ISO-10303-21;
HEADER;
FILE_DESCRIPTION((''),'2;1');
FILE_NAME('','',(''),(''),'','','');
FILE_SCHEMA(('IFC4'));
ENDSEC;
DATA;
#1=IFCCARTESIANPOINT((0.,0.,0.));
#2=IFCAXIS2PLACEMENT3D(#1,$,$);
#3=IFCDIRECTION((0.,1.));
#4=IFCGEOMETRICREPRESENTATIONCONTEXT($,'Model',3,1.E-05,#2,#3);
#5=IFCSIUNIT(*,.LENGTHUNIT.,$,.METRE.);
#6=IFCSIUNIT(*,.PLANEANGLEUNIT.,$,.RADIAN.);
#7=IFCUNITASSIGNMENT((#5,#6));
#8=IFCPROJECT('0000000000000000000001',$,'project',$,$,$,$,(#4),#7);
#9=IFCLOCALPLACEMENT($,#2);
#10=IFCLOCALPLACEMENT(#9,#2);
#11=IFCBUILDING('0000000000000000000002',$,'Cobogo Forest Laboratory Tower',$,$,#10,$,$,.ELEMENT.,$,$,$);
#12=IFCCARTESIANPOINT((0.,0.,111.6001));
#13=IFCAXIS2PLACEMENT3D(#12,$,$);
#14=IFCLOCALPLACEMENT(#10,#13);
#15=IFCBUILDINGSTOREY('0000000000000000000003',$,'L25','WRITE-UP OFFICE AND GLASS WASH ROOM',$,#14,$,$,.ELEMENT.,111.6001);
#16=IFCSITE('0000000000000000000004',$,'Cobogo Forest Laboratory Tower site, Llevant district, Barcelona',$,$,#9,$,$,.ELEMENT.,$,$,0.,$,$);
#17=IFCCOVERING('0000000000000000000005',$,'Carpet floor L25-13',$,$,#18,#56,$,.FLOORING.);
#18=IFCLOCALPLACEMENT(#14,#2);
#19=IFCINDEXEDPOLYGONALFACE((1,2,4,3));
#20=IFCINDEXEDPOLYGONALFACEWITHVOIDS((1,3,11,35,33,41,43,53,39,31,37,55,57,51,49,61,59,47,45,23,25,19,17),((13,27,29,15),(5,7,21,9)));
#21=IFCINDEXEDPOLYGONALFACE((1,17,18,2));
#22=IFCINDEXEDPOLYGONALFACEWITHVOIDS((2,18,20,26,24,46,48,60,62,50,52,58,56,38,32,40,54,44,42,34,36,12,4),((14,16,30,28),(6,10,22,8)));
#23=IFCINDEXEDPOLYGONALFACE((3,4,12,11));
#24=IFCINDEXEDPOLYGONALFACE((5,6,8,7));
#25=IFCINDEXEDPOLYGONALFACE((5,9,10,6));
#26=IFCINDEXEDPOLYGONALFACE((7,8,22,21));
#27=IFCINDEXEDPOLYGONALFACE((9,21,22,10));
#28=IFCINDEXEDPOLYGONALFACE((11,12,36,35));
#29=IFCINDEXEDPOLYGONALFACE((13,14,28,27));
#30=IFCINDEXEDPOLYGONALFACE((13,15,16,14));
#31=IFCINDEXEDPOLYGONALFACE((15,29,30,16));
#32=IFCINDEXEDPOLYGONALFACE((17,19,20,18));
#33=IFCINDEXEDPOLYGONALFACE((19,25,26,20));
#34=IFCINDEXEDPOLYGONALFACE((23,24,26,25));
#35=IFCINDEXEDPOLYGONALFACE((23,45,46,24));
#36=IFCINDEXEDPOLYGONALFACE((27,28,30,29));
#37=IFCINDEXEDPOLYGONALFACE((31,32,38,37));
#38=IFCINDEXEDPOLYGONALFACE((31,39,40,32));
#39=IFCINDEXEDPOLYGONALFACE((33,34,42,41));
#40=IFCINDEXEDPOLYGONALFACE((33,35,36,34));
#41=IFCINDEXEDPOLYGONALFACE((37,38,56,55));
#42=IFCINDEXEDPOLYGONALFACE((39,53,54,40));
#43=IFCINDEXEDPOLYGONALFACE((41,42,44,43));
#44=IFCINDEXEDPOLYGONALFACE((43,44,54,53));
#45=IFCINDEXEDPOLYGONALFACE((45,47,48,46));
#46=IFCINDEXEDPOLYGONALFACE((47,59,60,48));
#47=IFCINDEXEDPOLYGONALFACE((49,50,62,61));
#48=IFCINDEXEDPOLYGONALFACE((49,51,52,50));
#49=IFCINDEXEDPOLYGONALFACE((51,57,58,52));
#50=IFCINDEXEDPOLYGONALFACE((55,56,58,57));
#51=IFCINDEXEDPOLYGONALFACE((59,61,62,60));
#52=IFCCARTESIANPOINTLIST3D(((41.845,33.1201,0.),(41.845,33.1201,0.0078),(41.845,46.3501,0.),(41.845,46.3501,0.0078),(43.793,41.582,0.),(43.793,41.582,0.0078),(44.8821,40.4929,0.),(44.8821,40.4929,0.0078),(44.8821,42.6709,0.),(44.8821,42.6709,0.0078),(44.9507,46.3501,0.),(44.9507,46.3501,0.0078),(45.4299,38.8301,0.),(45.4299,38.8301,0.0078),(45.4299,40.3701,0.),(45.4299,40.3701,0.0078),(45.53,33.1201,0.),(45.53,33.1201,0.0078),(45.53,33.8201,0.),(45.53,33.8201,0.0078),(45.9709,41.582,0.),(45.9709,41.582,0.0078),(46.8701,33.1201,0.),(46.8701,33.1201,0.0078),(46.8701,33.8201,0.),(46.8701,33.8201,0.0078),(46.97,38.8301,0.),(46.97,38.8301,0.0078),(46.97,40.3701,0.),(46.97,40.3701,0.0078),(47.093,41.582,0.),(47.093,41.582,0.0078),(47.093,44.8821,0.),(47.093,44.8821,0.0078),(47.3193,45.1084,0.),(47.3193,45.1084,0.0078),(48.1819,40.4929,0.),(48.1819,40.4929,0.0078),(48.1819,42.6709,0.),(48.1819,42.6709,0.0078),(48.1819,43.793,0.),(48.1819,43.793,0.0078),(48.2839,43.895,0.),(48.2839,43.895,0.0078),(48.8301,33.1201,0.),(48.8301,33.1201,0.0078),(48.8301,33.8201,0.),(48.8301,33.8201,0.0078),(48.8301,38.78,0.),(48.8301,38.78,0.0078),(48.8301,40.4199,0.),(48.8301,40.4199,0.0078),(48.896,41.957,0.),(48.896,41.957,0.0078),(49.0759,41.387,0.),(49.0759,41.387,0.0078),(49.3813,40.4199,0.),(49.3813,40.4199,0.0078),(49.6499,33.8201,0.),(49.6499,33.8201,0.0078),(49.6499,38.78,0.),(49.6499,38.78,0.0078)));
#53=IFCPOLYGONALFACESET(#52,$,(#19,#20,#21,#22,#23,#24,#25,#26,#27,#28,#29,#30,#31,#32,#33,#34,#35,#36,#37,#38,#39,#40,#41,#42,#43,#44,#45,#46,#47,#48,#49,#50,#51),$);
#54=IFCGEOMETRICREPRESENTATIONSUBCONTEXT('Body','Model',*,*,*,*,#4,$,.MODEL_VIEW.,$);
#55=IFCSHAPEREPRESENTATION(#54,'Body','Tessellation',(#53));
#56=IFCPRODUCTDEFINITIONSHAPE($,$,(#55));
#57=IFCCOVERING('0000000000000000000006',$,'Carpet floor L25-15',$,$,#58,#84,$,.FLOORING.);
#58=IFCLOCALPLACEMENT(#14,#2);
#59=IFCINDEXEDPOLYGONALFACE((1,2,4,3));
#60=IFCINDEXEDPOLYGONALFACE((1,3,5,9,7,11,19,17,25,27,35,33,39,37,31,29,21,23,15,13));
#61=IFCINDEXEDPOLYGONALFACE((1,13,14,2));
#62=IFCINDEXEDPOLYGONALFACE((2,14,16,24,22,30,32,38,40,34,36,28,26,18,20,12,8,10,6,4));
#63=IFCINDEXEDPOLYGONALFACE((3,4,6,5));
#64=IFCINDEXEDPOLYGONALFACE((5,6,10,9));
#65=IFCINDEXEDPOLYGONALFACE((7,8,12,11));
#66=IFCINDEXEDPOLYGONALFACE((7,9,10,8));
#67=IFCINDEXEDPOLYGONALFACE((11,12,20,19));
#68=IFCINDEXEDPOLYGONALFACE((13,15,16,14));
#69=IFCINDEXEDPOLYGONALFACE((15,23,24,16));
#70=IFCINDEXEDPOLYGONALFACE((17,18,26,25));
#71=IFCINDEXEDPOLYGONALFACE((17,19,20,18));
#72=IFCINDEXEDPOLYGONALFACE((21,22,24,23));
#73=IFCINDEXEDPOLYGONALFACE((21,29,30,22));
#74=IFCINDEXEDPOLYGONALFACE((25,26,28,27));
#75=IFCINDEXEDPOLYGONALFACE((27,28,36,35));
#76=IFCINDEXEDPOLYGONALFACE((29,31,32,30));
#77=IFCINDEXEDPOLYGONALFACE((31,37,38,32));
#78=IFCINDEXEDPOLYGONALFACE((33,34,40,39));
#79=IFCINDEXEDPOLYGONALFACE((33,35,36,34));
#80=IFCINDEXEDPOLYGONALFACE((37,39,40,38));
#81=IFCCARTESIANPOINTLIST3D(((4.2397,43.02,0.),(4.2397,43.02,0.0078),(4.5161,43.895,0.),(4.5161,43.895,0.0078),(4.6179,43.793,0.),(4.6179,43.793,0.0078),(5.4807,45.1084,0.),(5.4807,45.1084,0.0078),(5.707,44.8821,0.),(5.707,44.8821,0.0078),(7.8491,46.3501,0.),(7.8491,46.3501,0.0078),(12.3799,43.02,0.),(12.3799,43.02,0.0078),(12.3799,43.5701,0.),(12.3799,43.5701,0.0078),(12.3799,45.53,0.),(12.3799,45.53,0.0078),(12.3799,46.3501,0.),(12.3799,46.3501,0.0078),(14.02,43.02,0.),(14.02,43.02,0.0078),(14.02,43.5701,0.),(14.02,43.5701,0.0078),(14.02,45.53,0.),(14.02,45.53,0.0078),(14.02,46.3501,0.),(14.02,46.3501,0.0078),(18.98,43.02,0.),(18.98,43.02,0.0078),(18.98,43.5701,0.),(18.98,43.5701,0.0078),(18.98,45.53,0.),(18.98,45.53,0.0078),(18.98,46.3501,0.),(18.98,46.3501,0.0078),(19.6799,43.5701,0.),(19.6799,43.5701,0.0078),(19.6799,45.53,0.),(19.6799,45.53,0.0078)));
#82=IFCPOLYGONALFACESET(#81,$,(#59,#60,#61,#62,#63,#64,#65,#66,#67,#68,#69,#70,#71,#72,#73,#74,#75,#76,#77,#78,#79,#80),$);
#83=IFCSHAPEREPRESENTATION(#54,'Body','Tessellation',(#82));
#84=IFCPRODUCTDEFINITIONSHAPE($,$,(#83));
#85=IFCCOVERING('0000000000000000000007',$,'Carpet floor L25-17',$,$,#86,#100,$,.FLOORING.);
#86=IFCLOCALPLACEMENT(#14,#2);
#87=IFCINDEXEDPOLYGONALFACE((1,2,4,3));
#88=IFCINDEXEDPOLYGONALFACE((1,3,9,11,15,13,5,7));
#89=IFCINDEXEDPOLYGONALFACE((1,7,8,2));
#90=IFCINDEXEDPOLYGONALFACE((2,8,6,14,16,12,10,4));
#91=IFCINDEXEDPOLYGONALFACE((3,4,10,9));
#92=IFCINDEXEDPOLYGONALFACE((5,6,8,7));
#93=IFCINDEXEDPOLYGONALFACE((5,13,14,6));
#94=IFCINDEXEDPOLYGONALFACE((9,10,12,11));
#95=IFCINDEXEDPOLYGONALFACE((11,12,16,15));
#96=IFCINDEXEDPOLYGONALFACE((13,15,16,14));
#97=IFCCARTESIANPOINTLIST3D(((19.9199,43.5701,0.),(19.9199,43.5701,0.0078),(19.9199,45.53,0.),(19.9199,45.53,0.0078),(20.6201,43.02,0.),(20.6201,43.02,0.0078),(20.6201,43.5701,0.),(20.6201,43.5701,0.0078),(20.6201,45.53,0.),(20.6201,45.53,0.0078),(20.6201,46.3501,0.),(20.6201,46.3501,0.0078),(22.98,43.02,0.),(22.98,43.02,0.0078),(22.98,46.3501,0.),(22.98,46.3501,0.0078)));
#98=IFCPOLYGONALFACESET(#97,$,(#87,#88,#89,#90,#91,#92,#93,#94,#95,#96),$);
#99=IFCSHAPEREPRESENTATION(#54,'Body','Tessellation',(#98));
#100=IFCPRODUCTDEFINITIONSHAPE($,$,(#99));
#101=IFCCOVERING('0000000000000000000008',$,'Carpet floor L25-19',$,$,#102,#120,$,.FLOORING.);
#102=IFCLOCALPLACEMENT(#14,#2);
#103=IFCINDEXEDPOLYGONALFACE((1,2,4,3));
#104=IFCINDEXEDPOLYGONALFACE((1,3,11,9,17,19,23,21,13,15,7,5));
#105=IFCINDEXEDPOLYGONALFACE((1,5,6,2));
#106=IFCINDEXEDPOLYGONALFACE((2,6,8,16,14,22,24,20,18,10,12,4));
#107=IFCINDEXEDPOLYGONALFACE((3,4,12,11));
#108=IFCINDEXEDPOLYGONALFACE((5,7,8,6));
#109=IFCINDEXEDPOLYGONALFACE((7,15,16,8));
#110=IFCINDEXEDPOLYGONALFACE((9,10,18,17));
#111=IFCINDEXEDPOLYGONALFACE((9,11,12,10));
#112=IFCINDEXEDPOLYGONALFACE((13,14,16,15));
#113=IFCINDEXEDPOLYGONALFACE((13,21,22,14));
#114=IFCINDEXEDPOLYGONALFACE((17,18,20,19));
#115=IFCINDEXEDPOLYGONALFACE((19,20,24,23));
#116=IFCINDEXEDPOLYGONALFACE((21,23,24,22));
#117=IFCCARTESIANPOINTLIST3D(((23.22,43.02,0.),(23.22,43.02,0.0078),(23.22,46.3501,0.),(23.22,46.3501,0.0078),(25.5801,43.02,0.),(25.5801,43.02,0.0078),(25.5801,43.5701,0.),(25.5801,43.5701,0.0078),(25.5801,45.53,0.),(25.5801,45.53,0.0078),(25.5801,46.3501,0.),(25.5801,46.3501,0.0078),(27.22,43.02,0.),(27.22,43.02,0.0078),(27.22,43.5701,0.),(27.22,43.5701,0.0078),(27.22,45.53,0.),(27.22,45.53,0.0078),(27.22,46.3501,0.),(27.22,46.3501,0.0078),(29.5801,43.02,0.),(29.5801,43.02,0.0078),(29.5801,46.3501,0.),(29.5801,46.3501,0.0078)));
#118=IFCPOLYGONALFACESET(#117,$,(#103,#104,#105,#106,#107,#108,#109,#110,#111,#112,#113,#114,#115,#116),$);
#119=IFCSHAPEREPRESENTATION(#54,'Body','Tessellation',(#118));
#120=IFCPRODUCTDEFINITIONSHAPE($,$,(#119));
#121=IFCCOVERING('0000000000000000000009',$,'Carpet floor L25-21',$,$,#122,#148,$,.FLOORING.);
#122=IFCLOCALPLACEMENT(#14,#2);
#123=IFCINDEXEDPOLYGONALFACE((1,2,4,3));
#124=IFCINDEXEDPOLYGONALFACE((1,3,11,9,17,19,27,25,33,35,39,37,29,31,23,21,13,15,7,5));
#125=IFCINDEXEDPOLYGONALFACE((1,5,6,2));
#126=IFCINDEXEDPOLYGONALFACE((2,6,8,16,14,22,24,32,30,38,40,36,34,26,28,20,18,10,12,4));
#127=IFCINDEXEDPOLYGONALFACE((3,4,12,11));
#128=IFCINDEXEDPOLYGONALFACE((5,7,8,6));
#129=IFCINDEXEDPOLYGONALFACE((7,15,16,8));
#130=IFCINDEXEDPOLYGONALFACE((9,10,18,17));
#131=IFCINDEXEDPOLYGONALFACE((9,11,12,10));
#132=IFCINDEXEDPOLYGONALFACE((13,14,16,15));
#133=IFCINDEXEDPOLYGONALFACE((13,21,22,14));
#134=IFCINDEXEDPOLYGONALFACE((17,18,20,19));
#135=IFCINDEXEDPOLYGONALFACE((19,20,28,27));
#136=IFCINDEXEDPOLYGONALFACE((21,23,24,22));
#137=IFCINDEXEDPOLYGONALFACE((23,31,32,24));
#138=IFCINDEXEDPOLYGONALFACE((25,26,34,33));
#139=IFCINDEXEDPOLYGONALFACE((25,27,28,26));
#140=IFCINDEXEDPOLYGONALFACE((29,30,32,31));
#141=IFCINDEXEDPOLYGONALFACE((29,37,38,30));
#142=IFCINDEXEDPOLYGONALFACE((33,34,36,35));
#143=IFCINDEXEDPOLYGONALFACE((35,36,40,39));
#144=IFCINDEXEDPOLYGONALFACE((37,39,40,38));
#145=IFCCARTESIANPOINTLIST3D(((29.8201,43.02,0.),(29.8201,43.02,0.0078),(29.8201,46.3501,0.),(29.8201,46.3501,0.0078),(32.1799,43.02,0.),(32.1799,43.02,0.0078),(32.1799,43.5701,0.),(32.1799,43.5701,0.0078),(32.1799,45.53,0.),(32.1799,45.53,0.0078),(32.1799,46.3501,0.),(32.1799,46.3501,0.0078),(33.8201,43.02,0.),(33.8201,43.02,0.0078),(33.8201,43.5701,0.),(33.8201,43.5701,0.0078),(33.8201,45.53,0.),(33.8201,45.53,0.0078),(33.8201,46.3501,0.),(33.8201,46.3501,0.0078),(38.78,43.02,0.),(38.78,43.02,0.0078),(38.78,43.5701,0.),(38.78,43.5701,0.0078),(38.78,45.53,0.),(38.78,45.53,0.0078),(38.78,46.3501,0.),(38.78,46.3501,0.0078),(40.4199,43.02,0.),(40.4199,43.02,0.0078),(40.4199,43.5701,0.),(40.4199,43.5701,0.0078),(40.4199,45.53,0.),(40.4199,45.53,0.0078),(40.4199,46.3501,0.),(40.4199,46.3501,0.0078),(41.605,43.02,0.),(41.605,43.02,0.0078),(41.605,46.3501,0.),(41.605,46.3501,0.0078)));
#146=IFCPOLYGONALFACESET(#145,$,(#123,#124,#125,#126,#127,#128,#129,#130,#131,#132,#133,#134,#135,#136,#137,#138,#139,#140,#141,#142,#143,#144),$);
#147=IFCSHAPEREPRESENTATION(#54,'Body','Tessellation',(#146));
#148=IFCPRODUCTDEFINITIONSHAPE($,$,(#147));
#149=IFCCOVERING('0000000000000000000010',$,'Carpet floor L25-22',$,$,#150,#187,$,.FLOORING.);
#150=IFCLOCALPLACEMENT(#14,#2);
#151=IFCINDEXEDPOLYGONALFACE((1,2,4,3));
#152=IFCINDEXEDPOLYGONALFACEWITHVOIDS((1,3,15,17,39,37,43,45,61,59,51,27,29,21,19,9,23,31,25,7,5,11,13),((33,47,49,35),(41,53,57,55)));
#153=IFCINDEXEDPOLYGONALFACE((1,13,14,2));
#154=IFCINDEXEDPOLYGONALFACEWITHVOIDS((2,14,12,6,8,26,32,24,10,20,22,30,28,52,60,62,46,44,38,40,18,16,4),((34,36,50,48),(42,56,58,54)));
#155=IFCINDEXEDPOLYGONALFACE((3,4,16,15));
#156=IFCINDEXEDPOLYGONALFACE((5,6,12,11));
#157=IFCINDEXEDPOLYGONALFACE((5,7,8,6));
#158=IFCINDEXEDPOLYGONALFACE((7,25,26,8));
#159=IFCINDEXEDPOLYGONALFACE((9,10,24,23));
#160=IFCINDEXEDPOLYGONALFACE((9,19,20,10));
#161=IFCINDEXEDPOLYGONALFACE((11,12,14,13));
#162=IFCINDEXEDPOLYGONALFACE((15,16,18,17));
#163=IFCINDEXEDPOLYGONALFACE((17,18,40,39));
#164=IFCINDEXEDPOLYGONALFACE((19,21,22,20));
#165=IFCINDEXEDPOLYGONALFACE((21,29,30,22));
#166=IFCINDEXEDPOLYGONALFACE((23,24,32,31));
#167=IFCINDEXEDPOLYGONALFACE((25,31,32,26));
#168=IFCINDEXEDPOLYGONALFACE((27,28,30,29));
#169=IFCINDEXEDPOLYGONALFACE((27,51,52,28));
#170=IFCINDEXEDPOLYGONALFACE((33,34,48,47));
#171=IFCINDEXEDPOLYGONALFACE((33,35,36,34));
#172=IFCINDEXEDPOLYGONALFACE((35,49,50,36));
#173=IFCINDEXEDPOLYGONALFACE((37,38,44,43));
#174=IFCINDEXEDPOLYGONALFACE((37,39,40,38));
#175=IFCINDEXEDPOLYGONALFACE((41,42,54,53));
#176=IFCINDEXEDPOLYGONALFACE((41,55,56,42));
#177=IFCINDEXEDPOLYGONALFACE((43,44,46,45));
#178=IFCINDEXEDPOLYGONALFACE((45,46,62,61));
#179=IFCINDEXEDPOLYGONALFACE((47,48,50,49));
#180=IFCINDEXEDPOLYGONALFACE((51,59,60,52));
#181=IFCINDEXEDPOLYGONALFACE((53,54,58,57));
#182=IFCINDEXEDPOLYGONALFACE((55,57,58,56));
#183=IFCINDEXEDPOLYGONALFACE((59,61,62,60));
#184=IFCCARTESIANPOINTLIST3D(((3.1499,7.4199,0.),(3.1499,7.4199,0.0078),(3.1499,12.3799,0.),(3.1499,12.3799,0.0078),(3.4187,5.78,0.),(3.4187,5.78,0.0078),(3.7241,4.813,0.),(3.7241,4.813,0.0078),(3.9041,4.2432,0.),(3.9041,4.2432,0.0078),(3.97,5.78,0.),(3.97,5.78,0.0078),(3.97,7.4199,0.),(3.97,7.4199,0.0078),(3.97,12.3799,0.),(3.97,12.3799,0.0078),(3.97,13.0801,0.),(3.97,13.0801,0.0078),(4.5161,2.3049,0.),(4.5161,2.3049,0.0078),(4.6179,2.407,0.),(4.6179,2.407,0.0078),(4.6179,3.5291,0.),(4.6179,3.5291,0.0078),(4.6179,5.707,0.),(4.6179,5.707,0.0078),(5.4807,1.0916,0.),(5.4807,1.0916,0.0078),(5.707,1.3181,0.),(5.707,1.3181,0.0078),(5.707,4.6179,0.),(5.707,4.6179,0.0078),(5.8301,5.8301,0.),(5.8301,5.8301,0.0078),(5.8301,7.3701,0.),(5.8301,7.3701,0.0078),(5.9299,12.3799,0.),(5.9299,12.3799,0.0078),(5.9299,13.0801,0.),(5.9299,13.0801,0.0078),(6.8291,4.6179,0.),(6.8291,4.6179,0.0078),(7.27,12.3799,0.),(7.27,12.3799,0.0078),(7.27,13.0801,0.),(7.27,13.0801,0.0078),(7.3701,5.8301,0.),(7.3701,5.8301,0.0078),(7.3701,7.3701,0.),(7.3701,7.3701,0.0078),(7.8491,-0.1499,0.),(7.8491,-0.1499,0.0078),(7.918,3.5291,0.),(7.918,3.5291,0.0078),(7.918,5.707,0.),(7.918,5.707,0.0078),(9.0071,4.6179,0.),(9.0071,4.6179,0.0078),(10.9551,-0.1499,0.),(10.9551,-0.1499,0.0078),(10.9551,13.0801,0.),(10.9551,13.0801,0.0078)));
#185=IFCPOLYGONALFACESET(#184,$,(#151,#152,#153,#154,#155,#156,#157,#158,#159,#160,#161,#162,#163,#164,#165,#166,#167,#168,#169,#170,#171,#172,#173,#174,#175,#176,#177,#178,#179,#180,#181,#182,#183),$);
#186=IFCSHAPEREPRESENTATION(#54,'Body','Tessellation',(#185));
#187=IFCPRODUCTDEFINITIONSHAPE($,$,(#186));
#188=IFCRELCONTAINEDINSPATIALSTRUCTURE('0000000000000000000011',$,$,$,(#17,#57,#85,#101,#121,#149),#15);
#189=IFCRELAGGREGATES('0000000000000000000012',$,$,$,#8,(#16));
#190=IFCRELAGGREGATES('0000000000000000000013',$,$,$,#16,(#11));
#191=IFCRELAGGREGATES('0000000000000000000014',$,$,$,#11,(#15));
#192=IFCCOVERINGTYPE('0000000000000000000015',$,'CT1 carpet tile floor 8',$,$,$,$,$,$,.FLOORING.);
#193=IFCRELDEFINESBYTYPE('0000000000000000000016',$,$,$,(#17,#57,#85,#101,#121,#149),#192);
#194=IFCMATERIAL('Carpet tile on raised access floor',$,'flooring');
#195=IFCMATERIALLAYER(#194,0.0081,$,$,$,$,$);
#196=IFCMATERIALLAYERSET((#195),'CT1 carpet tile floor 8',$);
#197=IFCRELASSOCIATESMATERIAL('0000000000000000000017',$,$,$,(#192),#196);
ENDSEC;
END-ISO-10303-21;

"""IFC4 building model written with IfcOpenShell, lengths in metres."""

from ifc_helpers import new_model, si_unit, direction, frame, origin, place, context, subcontext, project, spatial, polyline, outline, extrude, material, layer, layer_set, type_object, element, save


model = new_model("IFC4")

# Units and contexts
model_context = context("Model", 3, precision=1e-05, world=origin(), true_north=direction((0.0, 1.0)))
body_context = subcontext(model_context, "Body", "Model", "MODEL_VIEW")
ifc_project = project(units=[si_unit("LENGTHUNIT", "METRE"), si_unit("PLANEANGLEUNIT", "RADIAN")], contexts=[model_context])

# Site, building, storey
site_placement = place(None, origin())
site = spatial("IfcSite", under=ifc_project, at=site_placement, Name="Cobogo Forest Laboratory Tower site, Llevant district, Barcelona", CompositionType="ELEMENT", RefElevation=0.0)
building_placement = place(site_placement, origin())
building = spatial("IfcBuilding", under=site, at=building_placement, Name="Cobogo Forest Laboratory Tower", CompositionType="ELEMENT")
storey_placement = place(building_placement, frame((0.0, 0.0, 111.6001)))
storey = spatial("IfcBuildingStorey", under=building, at=storey_placement, Name="L25", Description="WRITE-UP OFFICE AND GLASS WASH ROOM", CompositionType="ELEMENT", Elevation=111.6001)

# Coverings
ifc_material_1 = material(Name="Carpet tile on raised access floor", Category="flooring")
ifc_layer_1 = layer(ifc_material_1, 0.0081)
ifc_layer_set_1 = layer_set([ifc_layer_1], Name="CT1 carpet tile floor 8")
covering_type_1 = type_object("IfcCoveringType", Name="CT1 carpet tile floor 8", PredefinedType="FLOORING", material=ifc_layer_set_1)
covering_1_placement = place(storey_placement, origin())
element("IfcCovering", 1, at=covering_1_placement, inside=storey, type_object=covering_type_1, Name="Carpet floor L25-13", PredefinedType="FLOORING", context=body_context, shape_type="SweptSolid", body=[
    extrude(outline(polyline([(41.845, 46.3501), (44.9507, 46.3501), (47.3193, 45.1084), (47.093, 44.8821), (48.1819, 43.793), (48.2839, 43.895), (48.896, 41.957), (48.1819, 42.6709), (47.093, 41.582), (48.1819, 40.4929), (49.0759, 41.387), (49.3813, 40.4199), (48.8301, 40.4199), (48.8301, 38.78), (49.6499, 38.78), (49.6499, 33.8201), (48.8301, 33.8201), (48.8301, 33.1201), (46.8701, 33.1201), (46.8701, 33.8201), (45.53, 33.8201), (45.53, 33.1201), (41.845, 33.1201), (41.845, 46.3501)]), holes=[polyline([(45.4299, 40.3701), (45.4299, 38.8301), (46.97, 38.8301), (46.97, 40.3701), (45.4299, 40.3701)]), polyline([(43.793, 41.582), (44.8821, 40.4929), (45.9709, 41.582), (44.8821, 42.6709), (43.793, 41.582)])]), origin(), (0.0, 0.0, 1.0), 0.0078),
])
covering_2_placement = place(storey_placement, origin())
element("IfcCovering", 2, at=covering_2_placement, inside=storey, type_object=covering_type_1, Name="Carpet floor L25-15", PredefinedType="FLOORING", context=body_context, shape_type="SweptSolid", body=[
    extrude(outline(polyline([(14.02, 43.02), (14.02, 43.5701), (12.3799, 43.5701), (12.3799, 43.02), (4.2397, 43.02), (4.5161, 43.895), (4.6179, 43.793), (5.707, 44.8821), (5.4807, 45.1084), (7.8491, 46.3501), (12.3799, 46.3501), (12.3799, 45.53), (14.02, 45.53), (14.02, 46.3501), (18.98, 46.3501), (18.98, 45.53), (19.6799, 45.53), (19.6799, 43.5701), (18.98, 43.5701), (18.98, 43.02), (14.02, 43.02)])), origin(), (0.0, 0.0, 1.0), 0.0078),
])
covering_3_placement = place(storey_placement, origin())
element("IfcCovering", 3, at=covering_3_placement, inside=storey, type_object=covering_type_1, Name="Carpet floor L25-17", PredefinedType="FLOORING", context=body_context, shape_type="SweptSolid", body=[
    extrude(outline(polyline([(20.6201, 43.02), (20.6201, 43.5701), (19.9199, 43.5701), (19.9199, 45.53), (20.6201, 45.53), (20.6201, 46.3501), (22.98, 46.3501), (22.98, 43.02), (20.6201, 43.02)])), origin(), (0.0, 0.0, 1.0), 0.0078),
])
covering_4_placement = place(storey_placement, origin())
element("IfcCovering", 4, at=covering_4_placement, inside=storey, type_object=covering_type_1, Name="Carpet floor L25-19", PredefinedType="FLOORING", context=body_context, shape_type="SweptSolid", body=[
    extrude(outline(polyline([(27.22, 43.02), (27.22, 43.5701), (25.5801, 43.5701), (25.5801, 43.02), (23.22, 43.02), (23.22, 46.3501), (25.5801, 46.3501), (25.5801, 45.53), (27.22, 45.53), (27.22, 46.3501), (29.5801, 46.3501), (29.5801, 43.02), (27.22, 43.02)])), origin(), (0.0, 0.0, 1.0), 0.0078),
])
covering_5_placement = place(storey_placement, origin())
element("IfcCovering", 5, at=covering_5_placement, inside=storey, type_object=covering_type_1, Name="Carpet floor L25-21", PredefinedType="FLOORING", context=body_context, shape_type="SweptSolid", body=[
    extrude(outline(polyline([(40.4199, 43.02), (40.4199, 43.5701), (38.78, 43.5701), (38.78, 43.02), (33.8201, 43.02), (33.8201, 43.5701), (32.1799, 43.5701), (32.1799, 43.02), (29.8201, 43.02), (29.8201, 46.3501), (32.1799, 46.3501), (32.1799, 45.53), (33.8201, 45.53), (33.8201, 46.3501), (38.78, 46.3501), (38.78, 45.53), (40.4199, 45.53), (40.4199, 46.3501), (41.605, 46.3501), (41.605, 43.02), (40.4199, 43.02)])), origin(), (0.0, 0.0, 1.0), 0.0078),
])
covering_6_placement = place(storey_placement, origin())
element("IfcCovering", 6, at=covering_6_placement, inside=storey, type_object=covering_type_1, Name="Carpet floor L25-22", PredefinedType="FLOORING", context=body_context, shape_type="SweptSolid", body=[
    extrude(outline(polyline([(3.9041, 4.2432), (4.6179, 3.5291), (5.707, 4.6179), (4.6179, 5.707), (3.7241, 4.813), (3.4187, 5.78), (3.97, 5.78), (3.97, 7.4199), (3.1499, 7.4199), (3.1499, 12.3799), (3.97, 12.3799), (3.97, 13.0801), (5.9299, 13.0801), (5.9299, 12.3799), (7.27, 12.3799), (7.27, 13.0801), (10.9551, 13.0801), (10.9551, -0.1499), (7.8491, -0.1499), (5.4807, 1.0916), (5.707, 1.3181), (4.6179, 2.407), (4.5161, 2.3049), (3.9041, 4.2432)]), holes=[polyline([(6.8291, 4.6179), (7.918, 3.5291), (9.0071, 4.6179), (7.918, 5.707), (6.8291, 4.6179)]), polyline([(5.8301, 7.3701), (5.8301, 5.8301), (7.3701, 5.8301), (7.3701, 7.3701), (5.8301, 7.3701)])]), origin(), (0.0, 0.0, 1.0), 0.0078),
])

save(model, "model.ifc")
